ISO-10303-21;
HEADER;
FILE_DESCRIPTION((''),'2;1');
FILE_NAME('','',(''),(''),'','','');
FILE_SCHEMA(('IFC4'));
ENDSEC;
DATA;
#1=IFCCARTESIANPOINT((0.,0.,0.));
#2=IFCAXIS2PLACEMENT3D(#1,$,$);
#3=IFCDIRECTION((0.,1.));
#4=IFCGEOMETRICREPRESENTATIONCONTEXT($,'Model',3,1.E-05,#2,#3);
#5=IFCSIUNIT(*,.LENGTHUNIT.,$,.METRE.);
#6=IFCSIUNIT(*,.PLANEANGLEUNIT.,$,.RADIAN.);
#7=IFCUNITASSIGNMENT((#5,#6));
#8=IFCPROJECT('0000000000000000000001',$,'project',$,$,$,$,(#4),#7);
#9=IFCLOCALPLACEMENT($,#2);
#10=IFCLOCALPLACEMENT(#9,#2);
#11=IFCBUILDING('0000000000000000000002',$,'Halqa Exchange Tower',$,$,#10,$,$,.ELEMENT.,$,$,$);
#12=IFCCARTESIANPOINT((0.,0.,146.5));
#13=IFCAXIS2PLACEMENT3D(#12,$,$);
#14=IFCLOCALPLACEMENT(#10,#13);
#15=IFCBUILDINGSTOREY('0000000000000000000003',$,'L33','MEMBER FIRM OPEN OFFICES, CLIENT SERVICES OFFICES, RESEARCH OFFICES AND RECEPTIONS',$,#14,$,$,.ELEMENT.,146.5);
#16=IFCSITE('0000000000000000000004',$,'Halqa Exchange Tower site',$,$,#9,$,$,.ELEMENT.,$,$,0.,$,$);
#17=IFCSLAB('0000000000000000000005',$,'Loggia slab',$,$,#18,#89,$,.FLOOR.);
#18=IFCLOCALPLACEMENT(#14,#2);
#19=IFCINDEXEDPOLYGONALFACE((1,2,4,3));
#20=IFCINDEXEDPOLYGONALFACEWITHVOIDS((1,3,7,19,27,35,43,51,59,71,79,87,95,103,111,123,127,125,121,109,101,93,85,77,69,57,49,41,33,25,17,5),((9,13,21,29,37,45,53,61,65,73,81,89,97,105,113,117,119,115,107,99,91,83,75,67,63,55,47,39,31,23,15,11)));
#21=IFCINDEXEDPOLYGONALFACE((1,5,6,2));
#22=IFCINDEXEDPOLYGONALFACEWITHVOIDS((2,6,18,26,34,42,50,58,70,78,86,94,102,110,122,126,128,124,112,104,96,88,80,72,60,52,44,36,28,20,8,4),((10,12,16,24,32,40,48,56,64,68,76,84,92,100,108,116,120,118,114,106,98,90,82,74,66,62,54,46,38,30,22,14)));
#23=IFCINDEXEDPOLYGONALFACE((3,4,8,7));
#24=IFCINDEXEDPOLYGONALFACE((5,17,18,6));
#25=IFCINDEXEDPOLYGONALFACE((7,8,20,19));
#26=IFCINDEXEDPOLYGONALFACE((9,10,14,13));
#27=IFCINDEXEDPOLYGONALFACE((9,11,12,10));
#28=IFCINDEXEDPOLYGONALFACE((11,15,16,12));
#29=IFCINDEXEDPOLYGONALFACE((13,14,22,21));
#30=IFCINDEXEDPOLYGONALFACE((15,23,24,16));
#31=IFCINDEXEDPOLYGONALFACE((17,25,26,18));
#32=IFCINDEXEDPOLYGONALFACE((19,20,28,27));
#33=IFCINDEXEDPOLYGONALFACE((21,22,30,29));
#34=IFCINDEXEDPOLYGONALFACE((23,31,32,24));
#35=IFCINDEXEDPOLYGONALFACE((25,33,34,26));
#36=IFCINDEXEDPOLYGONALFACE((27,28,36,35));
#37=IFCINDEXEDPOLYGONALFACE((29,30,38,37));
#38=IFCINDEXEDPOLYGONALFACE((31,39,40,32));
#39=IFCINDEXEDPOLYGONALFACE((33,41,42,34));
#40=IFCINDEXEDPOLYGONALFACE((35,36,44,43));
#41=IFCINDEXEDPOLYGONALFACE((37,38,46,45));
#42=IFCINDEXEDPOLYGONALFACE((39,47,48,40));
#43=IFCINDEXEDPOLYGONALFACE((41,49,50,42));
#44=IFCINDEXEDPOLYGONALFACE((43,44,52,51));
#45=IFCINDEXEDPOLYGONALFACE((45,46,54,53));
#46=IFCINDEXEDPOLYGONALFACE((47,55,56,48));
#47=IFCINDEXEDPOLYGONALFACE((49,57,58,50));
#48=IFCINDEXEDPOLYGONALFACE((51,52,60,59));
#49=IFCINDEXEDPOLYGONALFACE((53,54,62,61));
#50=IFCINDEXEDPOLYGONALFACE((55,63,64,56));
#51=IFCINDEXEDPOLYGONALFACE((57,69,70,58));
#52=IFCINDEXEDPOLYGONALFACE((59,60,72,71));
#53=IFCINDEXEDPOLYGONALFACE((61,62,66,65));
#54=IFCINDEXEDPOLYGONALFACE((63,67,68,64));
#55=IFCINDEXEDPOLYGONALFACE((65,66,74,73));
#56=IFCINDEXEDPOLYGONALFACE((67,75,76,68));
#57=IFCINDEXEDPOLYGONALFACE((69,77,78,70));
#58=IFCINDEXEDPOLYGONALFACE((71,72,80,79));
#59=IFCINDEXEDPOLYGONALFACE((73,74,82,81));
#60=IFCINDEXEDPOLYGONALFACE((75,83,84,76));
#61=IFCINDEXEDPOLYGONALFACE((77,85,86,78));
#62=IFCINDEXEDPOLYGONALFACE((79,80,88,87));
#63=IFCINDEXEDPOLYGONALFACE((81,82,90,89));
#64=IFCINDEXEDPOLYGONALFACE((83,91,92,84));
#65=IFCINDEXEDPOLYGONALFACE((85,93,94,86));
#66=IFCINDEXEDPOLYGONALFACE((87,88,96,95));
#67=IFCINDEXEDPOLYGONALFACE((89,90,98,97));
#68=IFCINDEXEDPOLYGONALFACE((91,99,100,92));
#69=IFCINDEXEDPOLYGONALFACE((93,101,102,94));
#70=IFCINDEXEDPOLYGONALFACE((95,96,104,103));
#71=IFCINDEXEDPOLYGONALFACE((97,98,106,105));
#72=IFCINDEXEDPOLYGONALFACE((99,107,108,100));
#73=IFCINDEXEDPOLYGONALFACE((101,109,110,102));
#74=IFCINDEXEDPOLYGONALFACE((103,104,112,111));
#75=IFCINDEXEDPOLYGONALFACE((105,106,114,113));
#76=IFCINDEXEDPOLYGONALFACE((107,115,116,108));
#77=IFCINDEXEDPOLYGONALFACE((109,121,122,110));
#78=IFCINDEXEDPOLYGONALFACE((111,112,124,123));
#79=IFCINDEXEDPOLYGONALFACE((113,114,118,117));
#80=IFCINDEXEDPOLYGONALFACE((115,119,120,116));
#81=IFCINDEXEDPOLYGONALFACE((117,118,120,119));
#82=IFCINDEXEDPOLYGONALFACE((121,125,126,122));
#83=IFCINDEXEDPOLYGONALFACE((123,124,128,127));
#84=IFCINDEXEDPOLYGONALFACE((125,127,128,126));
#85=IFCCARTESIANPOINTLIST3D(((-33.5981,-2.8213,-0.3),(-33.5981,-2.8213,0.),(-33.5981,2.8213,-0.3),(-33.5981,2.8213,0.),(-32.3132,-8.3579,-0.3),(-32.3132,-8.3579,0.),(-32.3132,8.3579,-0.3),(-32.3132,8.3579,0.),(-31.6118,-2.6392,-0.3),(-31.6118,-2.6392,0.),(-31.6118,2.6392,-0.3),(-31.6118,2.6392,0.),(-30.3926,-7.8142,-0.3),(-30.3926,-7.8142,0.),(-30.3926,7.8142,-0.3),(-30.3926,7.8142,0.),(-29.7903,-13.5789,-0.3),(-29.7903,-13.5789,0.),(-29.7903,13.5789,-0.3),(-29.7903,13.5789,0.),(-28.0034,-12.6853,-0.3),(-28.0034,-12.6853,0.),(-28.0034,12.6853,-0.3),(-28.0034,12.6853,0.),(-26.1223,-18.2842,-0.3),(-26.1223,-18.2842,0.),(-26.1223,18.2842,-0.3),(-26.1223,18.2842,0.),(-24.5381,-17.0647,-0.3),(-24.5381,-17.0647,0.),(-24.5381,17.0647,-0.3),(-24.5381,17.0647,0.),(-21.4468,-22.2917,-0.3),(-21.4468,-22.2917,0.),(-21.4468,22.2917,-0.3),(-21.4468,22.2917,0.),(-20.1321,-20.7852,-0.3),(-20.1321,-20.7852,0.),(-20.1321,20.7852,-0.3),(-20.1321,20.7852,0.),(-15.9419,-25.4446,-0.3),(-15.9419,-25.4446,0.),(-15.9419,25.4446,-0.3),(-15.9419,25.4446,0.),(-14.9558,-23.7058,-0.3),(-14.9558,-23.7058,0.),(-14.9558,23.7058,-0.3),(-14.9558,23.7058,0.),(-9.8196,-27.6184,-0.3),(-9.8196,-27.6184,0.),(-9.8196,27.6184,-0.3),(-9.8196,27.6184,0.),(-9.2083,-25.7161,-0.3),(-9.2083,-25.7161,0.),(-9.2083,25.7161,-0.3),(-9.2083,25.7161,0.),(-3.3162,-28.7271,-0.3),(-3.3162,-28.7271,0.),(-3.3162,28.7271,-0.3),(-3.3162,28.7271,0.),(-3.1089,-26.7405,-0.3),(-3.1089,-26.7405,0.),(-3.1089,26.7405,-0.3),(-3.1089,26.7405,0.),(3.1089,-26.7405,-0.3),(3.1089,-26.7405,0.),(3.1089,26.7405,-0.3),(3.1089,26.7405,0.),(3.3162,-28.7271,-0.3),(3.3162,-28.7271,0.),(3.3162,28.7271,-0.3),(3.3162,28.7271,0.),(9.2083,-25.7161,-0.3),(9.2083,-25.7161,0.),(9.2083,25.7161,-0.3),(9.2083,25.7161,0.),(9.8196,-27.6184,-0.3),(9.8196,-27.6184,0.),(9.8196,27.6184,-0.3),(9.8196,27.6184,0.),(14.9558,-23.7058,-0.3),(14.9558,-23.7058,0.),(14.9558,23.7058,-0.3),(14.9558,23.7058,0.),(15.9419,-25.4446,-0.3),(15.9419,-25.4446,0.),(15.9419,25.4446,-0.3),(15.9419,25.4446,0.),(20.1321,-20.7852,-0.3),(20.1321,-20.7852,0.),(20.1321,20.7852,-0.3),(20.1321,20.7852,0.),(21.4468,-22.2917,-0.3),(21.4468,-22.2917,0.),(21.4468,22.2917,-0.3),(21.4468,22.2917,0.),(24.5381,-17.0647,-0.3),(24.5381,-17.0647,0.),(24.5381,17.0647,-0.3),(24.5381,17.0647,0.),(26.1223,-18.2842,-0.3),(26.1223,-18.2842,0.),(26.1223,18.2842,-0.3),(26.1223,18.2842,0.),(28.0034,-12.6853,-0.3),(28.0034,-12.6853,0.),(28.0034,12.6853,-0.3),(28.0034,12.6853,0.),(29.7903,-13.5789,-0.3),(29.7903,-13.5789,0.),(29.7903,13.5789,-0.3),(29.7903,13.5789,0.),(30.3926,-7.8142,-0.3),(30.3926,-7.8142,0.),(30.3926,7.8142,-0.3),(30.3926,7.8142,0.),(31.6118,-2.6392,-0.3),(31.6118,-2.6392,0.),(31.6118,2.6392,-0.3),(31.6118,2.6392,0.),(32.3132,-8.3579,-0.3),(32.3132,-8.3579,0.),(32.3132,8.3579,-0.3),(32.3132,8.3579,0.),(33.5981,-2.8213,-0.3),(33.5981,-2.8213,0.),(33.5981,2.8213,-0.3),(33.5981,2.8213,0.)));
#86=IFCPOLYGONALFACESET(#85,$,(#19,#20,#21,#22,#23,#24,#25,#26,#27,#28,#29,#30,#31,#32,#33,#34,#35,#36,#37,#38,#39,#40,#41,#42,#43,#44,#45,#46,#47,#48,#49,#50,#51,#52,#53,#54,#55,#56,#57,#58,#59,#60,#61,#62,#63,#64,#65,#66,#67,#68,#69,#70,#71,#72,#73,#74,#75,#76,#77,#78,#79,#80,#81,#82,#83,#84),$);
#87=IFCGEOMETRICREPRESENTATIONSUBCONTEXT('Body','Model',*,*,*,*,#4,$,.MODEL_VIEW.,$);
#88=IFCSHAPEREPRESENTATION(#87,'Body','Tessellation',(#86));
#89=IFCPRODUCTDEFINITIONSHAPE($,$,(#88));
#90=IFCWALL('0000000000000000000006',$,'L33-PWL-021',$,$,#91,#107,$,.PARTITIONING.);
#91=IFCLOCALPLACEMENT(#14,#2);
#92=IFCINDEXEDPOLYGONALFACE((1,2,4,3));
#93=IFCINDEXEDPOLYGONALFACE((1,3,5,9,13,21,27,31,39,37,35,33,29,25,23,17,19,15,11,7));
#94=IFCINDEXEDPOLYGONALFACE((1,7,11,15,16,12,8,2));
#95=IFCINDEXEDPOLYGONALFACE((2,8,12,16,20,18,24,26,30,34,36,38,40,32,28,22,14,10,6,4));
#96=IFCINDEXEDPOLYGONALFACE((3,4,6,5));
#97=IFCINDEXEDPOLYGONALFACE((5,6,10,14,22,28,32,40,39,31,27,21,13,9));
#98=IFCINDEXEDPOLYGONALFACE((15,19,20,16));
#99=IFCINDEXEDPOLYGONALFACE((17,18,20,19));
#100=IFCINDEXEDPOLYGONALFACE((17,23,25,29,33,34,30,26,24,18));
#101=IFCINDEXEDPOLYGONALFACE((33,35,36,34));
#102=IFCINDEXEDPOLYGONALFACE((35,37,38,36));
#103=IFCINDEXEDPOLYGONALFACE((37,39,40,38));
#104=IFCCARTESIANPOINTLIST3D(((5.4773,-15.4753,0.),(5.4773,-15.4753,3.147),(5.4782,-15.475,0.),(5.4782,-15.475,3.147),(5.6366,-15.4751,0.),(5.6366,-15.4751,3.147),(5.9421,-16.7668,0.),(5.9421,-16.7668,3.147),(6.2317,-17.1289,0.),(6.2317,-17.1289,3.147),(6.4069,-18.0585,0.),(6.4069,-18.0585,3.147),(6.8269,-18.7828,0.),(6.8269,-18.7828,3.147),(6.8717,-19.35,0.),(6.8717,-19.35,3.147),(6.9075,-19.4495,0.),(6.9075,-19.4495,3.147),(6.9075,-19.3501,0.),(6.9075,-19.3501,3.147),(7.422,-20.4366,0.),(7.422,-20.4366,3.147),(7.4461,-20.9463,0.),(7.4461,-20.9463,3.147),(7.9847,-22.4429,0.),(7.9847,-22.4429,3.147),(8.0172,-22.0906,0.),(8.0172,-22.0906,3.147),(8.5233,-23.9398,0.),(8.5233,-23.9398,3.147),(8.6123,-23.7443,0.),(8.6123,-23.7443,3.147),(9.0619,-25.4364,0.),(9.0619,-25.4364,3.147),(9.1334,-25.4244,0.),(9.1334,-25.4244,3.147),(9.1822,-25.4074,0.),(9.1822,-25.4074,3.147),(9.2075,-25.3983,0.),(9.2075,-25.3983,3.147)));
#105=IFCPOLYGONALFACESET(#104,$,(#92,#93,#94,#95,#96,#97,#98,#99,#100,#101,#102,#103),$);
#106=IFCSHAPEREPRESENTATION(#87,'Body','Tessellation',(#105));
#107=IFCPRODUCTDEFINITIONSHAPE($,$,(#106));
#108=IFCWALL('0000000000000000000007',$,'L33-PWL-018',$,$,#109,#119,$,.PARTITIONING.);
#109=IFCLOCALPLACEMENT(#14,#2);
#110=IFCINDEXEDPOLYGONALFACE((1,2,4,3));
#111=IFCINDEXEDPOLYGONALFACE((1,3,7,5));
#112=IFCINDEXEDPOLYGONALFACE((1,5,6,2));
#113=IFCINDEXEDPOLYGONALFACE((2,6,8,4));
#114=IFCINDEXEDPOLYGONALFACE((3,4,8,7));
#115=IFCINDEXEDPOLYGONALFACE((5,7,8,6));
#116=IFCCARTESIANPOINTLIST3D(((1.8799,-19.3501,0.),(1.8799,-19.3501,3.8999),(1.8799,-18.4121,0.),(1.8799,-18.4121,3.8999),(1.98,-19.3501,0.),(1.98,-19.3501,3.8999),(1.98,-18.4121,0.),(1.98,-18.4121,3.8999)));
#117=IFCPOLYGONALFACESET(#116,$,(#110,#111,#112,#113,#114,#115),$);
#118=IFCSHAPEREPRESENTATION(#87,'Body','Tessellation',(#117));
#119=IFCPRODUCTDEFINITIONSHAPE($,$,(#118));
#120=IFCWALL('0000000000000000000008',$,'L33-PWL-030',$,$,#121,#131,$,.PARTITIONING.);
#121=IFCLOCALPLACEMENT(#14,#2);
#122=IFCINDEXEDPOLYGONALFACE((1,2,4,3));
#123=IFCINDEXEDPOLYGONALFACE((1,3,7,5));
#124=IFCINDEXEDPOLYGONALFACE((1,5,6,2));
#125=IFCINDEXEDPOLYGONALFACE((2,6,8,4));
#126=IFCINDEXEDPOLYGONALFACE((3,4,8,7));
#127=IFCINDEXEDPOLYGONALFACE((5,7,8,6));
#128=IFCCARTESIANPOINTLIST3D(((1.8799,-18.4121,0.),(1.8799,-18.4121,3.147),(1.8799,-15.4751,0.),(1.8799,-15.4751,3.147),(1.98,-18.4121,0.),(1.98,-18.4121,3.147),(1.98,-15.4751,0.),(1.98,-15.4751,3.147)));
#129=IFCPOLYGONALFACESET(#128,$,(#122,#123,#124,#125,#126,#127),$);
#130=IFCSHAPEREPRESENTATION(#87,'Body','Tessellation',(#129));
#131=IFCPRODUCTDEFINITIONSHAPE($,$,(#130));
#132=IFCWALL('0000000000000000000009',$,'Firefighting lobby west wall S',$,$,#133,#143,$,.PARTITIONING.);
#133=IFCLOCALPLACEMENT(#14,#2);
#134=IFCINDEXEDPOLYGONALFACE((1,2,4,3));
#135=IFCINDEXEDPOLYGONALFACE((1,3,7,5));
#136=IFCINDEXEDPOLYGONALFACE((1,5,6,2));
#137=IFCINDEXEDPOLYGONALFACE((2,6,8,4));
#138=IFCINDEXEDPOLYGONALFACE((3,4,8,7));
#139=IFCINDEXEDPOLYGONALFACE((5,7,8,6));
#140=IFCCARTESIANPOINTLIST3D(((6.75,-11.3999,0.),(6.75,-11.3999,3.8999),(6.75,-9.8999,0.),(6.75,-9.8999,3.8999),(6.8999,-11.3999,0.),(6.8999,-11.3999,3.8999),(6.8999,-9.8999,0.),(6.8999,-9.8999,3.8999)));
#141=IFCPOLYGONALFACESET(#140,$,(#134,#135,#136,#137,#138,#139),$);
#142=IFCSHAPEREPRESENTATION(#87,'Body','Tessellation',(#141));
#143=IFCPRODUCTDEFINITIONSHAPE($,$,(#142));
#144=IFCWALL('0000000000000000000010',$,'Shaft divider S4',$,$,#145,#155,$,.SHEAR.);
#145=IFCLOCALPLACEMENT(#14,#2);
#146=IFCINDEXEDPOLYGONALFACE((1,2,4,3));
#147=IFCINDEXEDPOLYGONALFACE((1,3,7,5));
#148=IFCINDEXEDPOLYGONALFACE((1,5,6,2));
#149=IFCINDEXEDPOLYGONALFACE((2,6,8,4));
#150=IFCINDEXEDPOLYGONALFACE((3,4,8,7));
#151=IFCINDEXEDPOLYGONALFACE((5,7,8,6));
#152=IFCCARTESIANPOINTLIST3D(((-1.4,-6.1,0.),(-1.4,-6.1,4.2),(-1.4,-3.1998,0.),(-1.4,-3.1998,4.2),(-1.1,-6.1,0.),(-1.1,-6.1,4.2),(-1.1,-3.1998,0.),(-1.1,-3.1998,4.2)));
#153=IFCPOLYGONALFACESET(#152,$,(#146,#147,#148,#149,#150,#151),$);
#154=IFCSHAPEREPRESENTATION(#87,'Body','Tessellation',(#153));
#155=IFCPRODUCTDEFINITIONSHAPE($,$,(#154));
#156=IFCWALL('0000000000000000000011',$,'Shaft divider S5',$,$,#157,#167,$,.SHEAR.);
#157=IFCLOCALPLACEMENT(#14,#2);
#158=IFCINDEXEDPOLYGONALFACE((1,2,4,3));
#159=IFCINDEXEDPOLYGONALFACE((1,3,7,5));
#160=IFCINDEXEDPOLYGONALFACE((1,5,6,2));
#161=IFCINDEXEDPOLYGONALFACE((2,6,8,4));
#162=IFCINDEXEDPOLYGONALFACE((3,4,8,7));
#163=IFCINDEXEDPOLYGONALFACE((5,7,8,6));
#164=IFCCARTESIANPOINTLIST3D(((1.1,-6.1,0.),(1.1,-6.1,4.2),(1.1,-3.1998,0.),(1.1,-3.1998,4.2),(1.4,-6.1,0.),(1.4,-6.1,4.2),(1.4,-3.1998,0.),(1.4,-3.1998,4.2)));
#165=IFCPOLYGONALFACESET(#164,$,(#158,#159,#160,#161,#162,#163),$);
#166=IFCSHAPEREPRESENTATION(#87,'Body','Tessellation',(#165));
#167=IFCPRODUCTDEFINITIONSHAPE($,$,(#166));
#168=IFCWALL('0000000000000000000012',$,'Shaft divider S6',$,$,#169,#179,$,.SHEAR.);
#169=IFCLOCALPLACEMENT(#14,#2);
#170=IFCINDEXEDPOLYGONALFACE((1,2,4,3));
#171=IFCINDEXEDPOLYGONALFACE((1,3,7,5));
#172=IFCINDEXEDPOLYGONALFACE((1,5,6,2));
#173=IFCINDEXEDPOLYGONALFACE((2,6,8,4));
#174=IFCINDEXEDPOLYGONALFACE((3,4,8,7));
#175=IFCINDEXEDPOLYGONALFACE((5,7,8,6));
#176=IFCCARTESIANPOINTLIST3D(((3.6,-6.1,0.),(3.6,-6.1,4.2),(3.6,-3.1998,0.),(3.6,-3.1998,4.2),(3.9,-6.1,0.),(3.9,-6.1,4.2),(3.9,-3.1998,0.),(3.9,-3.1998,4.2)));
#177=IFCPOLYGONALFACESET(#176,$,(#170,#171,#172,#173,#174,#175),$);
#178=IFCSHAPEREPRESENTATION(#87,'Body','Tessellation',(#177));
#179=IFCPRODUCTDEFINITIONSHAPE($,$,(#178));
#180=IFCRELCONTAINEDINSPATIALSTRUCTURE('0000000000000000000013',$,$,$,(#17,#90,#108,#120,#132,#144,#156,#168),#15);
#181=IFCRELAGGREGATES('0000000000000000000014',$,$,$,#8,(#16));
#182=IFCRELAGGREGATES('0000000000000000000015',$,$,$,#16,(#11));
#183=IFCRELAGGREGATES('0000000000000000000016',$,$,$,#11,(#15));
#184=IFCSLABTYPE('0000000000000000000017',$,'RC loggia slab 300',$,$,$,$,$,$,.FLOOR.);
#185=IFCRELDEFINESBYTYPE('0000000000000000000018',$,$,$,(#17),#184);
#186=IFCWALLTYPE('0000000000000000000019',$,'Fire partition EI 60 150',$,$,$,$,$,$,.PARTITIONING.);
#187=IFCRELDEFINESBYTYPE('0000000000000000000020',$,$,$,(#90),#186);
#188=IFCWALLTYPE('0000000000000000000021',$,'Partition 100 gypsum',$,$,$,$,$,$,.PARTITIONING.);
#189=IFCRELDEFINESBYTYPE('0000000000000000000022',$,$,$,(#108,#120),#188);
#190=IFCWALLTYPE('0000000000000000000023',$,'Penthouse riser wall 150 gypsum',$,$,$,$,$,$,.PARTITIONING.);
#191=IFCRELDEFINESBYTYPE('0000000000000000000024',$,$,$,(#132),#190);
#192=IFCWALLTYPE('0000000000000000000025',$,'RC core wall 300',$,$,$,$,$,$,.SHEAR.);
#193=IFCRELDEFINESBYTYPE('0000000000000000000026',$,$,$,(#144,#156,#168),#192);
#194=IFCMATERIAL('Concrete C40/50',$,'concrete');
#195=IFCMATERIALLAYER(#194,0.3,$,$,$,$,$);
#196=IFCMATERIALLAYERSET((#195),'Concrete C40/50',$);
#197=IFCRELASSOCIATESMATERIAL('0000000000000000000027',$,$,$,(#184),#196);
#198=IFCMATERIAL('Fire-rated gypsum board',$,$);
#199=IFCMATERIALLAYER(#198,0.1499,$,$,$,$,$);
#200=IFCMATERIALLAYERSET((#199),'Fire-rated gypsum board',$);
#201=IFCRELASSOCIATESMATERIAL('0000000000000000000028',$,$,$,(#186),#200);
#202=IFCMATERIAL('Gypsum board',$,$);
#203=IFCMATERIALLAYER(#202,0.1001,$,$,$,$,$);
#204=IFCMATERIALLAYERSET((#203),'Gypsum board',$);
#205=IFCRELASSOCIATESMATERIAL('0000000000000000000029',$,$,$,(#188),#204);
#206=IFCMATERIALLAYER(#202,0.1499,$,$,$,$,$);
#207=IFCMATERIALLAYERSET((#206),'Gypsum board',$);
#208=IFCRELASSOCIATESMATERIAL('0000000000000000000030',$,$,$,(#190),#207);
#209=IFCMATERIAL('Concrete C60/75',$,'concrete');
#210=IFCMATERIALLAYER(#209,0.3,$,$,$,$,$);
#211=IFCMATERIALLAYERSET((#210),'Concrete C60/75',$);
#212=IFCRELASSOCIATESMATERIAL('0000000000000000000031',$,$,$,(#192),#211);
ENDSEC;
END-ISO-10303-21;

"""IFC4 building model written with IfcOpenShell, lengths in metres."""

from ifc_helpers import new_model, si_unit, direction, frame, frame_2d, origin, place, context, subcontext, project, spatial, polyline, rectangle, outline, extrude, material, layer, layer_set, type_object, element, save


model = new_model("IFC4")

# Units and contexts
model_context = context("Model", 3, precision=1e-05, world=origin(), true_north=direction((0.0, 1.0)))
body_context = subcontext(model_context, "Body", "Model", "MODEL_VIEW")
ifc_project = project(units=[si_unit("LENGTHUNIT", "METRE"), si_unit("PLANEANGLEUNIT", "RADIAN")], contexts=[model_context])

# Site, building, storey
site_placement = place(None, origin())
site = spatial("IfcSite", under=ifc_project, at=site_placement, Name="Halqa Exchange Tower site", CompositionType="ELEMENT", RefElevation=0.0)
building_placement = place(site_placement, origin())
building = spatial("IfcBuilding", under=site, at=building_placement, Name="Halqa Exchange Tower", CompositionType="ELEMENT")
storey_placement = place(building_placement, frame((0.0, 0.0, 146.5)))
storey = spatial("IfcBuildingStorey", under=building, at=storey_placement, Name="L33", Description="MEMBER FIRM OPEN OFFICES, CLIENT SERVICES OFFICES, RESEARCH OFFICES AND RECEPTIONS", CompositionType="ELEMENT", Elevation=146.5)

# Shared definitions
ifc_material_1 = material(Name="Concrete C60/75", Category="concrete")

# Slab
ifc_material_2 = material(Name="Concrete C40/50", Category="concrete")
ifc_layer_1 = layer(ifc_material_2, 0.3)
ifc_layer_set_1 = layer_set([ifc_layer_1], Name="Concrete C40/50")
slab_type_1 = type_object("IfcSlabType", Name="RC loggia slab 300", PredefinedType="FLOOR", material=ifc_layer_set_1)
slab_1_placement = place(storey_placement, frame((0.0, 0.0, -0.3)))
element("IfcSlab", 1, at=slab_1_placement, inside=storey, type_object=slab_type_1, Name="Loggia slab", PredefinedType="FLOOR", context=body_context, shape_type="SweptSolid", body=[
    extrude(outline(polyline([(33.5981, 2.8213), (33.5981, -2.8213), (32.3132, -8.3579), (29.7903, -13.5789), (26.1223, -18.2842), (21.4468, -22.2917), (15.9419, -25.4446), (9.8196, -27.6184), (3.3162, -28.7271), (-3.3162, -28.7271), (-9.8196, -27.6184), (-15.9419, -25.4446), (-21.4468, -22.2917), (-26.1223, -18.2842), (-29.7903, -13.5789), (-32.3132, -8.3579), (-33.5981, -2.8213), (-33.5981, 2.8213), (-32.3132, 8.3579), (-29.7903, 13.5789), (-26.1223, 18.2842), (-21.4468, 22.2917), (-15.9419, 25.4446), (-9.8196, 27.6184), (-3.3162, 28.7271), (3.3162, 28.7271), (9.8196, 27.6184), (15.9419, 25.4446), (21.4468, 22.2917), (26.1223, 18.2842), (29.7903, 13.5789), (32.3132, 8.3579), (33.5981, 2.8213)]), holes=[polyline([(31.6118, 2.6392), (30.3926, 7.8142), (28.0034, 12.6853), (24.5381, 17.0647), (20.1321, 20.7852), (14.9558, 23.7058), (9.2083, 25.7161), (3.1089, 26.7405), (-3.1089, 26.7405), (-9.2083, 25.7161), (-14.9558, 23.7058), (-20.1321, 20.7852), (-24.5381, 17.0647), (-28.0034, 12.6853), (-30.3926, 7.8142), (-31.6118, 2.6392), (-31.6118, -2.6392), (-30.3926, -7.8142), (-28.0034, -12.6853), (-24.5381, -17.0647), (-20.1321, -20.7852), (-14.9558, -23.7058), (-9.2083, -25.7161), (-3.1089, -26.7405), (3.1089, -26.7405), (9.2083, -25.7161), (14.9558, -23.7058), (20.1321, -20.7852), (24.5381, -17.0647), (28.0034, -12.6853), (30.3926, -7.8142), (31.6118, -2.6392), (31.6118, 2.6392)])]), origin(), (0.0, 0.0, 1.0), 0.3),
])

# Walls
ifc_material_3 = material(Name="Fire-rated gypsum board")
ifc_layer_2 = layer(ifc_material_3, 0.1499)
ifc_layer_set_2 = layer_set([ifc_layer_2], Name="Fire-rated gypsum board")
wall_type_1 = type_object("IfcWallType", Name="Fire partition EI 60 150", PredefinedType="PARTITIONING", material=ifc_layer_set_2)
wall_1_placement = place(storey_placement, frame((5.5479, -15.45, 0.0), z_axis=(0.0, 0.0, 1.0), x_axis=(0.338603, -0.940929, 0.0)))
element("IfcWall", 2, at=wall_1_placement, inside=storey, type_object=wall_type_1, Name="L33-PWL-021", PredefinedType="PARTITIONING", context=body_context, shape_type="SweptSolid", body=[
    extrude(outline(polyline([(0.0, -0.075), (1.3726, -0.075), (2.7454, -0.075), (4.1179, -0.075), (4.1301, -0.0413), (4.2236, -0.075), (5.8145, -0.075), (7.405, -0.075), (8.9958, -0.075), (10.5864, -0.075), (10.5994, -0.0037), (10.5999, 0.0481), (10.5999, 0.075), (8.842, 0.075), (7.0845, 0.075), (5.3267, 0.075), (3.5691, 0.075), (1.8113, 0.075), (0.0537, 0.075), (0.0, -0.074), (0.0, -0.075)])), origin(), (0.0, 0.0, 1.0), 3.147),
])
ifc_material_4 = material(Name="Gypsum board")
ifc_layer_3 = layer(ifc_material_4, 0.1001)
ifc_layer_set_3 = layer_set([ifc_layer_3], Name="Gypsum board")
wall_type_2 = type_object("IfcWallType", Name="Partition 100 gypsum", PredefinedType="PARTITIONING", material=ifc_layer_set_3)
wall_2_placement = place(storey_placement, frame((1.9299, -19.3501, 0.0), z_axis=(0.0, 0.0, 1.0), x_axis=(0.0, 1.0, 0.0)))
element("IfcWall", 3, at=wall_2_placement, inside=storey, type_object=wall_type_2, Name="L33-PWL-018", PredefinedType="PARTITIONING", context=body_context, shape_type="SweptSolid", body=[
    extrude(rectangle(XDim=0.938, YDim=0.1001, at=frame_2d((0.469, 0.0))), origin(), (0.0, 0.0, 1.0), 3.8999),
])
wall_3_placement = place(storey_placement, frame((1.9299, -18.4121, 0.0), z_axis=(0.0, 0.0, 1.0), x_axis=(0.0, 1.0, 0.0)))
element("IfcWall", 4, at=wall_3_placement, inside=storey, type_object=wall_type_2, Name="L33-PWL-030", PredefinedType="PARTITIONING", context=body_context, shape_type="SweptSolid", body=[
    extrude(rectangle(XDim=2.937, YDim=0.1001, at=frame_2d((1.4685, 0.0))), origin(), (0.0, 0.0, 1.0), 3.147),
])
ifc_layer_4 = layer(ifc_material_4, 0.1499)
ifc_layer_set_4 = layer_set([ifc_layer_4], Name="Gypsum board")
wall_type_3 = type_object("IfcWallType", Name="Penthouse riser wall 150 gypsum", PredefinedType="PARTITIONING", material=ifc_layer_set_4)
wall_4_placement = place(storey_placement, frame((6.825, -11.3999, 0.0), z_axis=(0.0, 0.0, 1.0), x_axis=(0.0, 1.0, 0.0)))
element("IfcWall", 5, at=wall_4_placement, inside=storey, type_object=wall_type_3, Name="Firefighting lobby west wall S", PredefinedType="PARTITIONING", context=body_context, shape_type="SweptSolid", body=[
    extrude(rectangle(XDim=1.5, YDim=0.1499, at=frame_2d((0.75, 0.0))), origin(), (0.0, 0.0, 1.0), 3.8999),
])
ifc_layer_5 = layer(ifc_material_1, 0.3)
ifc_layer_set_5 = layer_set([ifc_layer_5], Name="Concrete C60/75")
wall_type_4 = type_object("IfcWallType", Name="RC core wall 300", PredefinedType="SHEAR", material=ifc_layer_set_5)
for number, where, z_axis, x_axis, name in (
    (6, (-1.25, -6.1001, 0.0), (0.0, 0.0, 1.0), (0.0, 1.0, 0.0), "Shaft divider S4"),
    (7, (1.25, -6.1001, 0.0), (0.0, 0.0, 1.0), (0.0, 1.0, 0.0), "Shaft divider S5"),
    (8, (3.75, -6.1001, 0.0), (0.0, 0.0, 1.0), (0.0, 1.0, 0.0), "Shaft divider S6"),
):
    element("IfcWall", number, at=place(storey_placement, frame(where, z_axis=z_axis, x_axis=x_axis)), inside=storey, type_object=wall_type_4, Name=name, PredefinedType="SHEAR", context=body_context, shape_type="SweptSolid", body=[
        extrude(rectangle(XDim=2.9001, YDim=0.3, at=frame_2d((1.4502, 0.0))), origin(), (0.0, 0.0, 1.0), 4.2),
    ])

save(model, "model.ifc")
